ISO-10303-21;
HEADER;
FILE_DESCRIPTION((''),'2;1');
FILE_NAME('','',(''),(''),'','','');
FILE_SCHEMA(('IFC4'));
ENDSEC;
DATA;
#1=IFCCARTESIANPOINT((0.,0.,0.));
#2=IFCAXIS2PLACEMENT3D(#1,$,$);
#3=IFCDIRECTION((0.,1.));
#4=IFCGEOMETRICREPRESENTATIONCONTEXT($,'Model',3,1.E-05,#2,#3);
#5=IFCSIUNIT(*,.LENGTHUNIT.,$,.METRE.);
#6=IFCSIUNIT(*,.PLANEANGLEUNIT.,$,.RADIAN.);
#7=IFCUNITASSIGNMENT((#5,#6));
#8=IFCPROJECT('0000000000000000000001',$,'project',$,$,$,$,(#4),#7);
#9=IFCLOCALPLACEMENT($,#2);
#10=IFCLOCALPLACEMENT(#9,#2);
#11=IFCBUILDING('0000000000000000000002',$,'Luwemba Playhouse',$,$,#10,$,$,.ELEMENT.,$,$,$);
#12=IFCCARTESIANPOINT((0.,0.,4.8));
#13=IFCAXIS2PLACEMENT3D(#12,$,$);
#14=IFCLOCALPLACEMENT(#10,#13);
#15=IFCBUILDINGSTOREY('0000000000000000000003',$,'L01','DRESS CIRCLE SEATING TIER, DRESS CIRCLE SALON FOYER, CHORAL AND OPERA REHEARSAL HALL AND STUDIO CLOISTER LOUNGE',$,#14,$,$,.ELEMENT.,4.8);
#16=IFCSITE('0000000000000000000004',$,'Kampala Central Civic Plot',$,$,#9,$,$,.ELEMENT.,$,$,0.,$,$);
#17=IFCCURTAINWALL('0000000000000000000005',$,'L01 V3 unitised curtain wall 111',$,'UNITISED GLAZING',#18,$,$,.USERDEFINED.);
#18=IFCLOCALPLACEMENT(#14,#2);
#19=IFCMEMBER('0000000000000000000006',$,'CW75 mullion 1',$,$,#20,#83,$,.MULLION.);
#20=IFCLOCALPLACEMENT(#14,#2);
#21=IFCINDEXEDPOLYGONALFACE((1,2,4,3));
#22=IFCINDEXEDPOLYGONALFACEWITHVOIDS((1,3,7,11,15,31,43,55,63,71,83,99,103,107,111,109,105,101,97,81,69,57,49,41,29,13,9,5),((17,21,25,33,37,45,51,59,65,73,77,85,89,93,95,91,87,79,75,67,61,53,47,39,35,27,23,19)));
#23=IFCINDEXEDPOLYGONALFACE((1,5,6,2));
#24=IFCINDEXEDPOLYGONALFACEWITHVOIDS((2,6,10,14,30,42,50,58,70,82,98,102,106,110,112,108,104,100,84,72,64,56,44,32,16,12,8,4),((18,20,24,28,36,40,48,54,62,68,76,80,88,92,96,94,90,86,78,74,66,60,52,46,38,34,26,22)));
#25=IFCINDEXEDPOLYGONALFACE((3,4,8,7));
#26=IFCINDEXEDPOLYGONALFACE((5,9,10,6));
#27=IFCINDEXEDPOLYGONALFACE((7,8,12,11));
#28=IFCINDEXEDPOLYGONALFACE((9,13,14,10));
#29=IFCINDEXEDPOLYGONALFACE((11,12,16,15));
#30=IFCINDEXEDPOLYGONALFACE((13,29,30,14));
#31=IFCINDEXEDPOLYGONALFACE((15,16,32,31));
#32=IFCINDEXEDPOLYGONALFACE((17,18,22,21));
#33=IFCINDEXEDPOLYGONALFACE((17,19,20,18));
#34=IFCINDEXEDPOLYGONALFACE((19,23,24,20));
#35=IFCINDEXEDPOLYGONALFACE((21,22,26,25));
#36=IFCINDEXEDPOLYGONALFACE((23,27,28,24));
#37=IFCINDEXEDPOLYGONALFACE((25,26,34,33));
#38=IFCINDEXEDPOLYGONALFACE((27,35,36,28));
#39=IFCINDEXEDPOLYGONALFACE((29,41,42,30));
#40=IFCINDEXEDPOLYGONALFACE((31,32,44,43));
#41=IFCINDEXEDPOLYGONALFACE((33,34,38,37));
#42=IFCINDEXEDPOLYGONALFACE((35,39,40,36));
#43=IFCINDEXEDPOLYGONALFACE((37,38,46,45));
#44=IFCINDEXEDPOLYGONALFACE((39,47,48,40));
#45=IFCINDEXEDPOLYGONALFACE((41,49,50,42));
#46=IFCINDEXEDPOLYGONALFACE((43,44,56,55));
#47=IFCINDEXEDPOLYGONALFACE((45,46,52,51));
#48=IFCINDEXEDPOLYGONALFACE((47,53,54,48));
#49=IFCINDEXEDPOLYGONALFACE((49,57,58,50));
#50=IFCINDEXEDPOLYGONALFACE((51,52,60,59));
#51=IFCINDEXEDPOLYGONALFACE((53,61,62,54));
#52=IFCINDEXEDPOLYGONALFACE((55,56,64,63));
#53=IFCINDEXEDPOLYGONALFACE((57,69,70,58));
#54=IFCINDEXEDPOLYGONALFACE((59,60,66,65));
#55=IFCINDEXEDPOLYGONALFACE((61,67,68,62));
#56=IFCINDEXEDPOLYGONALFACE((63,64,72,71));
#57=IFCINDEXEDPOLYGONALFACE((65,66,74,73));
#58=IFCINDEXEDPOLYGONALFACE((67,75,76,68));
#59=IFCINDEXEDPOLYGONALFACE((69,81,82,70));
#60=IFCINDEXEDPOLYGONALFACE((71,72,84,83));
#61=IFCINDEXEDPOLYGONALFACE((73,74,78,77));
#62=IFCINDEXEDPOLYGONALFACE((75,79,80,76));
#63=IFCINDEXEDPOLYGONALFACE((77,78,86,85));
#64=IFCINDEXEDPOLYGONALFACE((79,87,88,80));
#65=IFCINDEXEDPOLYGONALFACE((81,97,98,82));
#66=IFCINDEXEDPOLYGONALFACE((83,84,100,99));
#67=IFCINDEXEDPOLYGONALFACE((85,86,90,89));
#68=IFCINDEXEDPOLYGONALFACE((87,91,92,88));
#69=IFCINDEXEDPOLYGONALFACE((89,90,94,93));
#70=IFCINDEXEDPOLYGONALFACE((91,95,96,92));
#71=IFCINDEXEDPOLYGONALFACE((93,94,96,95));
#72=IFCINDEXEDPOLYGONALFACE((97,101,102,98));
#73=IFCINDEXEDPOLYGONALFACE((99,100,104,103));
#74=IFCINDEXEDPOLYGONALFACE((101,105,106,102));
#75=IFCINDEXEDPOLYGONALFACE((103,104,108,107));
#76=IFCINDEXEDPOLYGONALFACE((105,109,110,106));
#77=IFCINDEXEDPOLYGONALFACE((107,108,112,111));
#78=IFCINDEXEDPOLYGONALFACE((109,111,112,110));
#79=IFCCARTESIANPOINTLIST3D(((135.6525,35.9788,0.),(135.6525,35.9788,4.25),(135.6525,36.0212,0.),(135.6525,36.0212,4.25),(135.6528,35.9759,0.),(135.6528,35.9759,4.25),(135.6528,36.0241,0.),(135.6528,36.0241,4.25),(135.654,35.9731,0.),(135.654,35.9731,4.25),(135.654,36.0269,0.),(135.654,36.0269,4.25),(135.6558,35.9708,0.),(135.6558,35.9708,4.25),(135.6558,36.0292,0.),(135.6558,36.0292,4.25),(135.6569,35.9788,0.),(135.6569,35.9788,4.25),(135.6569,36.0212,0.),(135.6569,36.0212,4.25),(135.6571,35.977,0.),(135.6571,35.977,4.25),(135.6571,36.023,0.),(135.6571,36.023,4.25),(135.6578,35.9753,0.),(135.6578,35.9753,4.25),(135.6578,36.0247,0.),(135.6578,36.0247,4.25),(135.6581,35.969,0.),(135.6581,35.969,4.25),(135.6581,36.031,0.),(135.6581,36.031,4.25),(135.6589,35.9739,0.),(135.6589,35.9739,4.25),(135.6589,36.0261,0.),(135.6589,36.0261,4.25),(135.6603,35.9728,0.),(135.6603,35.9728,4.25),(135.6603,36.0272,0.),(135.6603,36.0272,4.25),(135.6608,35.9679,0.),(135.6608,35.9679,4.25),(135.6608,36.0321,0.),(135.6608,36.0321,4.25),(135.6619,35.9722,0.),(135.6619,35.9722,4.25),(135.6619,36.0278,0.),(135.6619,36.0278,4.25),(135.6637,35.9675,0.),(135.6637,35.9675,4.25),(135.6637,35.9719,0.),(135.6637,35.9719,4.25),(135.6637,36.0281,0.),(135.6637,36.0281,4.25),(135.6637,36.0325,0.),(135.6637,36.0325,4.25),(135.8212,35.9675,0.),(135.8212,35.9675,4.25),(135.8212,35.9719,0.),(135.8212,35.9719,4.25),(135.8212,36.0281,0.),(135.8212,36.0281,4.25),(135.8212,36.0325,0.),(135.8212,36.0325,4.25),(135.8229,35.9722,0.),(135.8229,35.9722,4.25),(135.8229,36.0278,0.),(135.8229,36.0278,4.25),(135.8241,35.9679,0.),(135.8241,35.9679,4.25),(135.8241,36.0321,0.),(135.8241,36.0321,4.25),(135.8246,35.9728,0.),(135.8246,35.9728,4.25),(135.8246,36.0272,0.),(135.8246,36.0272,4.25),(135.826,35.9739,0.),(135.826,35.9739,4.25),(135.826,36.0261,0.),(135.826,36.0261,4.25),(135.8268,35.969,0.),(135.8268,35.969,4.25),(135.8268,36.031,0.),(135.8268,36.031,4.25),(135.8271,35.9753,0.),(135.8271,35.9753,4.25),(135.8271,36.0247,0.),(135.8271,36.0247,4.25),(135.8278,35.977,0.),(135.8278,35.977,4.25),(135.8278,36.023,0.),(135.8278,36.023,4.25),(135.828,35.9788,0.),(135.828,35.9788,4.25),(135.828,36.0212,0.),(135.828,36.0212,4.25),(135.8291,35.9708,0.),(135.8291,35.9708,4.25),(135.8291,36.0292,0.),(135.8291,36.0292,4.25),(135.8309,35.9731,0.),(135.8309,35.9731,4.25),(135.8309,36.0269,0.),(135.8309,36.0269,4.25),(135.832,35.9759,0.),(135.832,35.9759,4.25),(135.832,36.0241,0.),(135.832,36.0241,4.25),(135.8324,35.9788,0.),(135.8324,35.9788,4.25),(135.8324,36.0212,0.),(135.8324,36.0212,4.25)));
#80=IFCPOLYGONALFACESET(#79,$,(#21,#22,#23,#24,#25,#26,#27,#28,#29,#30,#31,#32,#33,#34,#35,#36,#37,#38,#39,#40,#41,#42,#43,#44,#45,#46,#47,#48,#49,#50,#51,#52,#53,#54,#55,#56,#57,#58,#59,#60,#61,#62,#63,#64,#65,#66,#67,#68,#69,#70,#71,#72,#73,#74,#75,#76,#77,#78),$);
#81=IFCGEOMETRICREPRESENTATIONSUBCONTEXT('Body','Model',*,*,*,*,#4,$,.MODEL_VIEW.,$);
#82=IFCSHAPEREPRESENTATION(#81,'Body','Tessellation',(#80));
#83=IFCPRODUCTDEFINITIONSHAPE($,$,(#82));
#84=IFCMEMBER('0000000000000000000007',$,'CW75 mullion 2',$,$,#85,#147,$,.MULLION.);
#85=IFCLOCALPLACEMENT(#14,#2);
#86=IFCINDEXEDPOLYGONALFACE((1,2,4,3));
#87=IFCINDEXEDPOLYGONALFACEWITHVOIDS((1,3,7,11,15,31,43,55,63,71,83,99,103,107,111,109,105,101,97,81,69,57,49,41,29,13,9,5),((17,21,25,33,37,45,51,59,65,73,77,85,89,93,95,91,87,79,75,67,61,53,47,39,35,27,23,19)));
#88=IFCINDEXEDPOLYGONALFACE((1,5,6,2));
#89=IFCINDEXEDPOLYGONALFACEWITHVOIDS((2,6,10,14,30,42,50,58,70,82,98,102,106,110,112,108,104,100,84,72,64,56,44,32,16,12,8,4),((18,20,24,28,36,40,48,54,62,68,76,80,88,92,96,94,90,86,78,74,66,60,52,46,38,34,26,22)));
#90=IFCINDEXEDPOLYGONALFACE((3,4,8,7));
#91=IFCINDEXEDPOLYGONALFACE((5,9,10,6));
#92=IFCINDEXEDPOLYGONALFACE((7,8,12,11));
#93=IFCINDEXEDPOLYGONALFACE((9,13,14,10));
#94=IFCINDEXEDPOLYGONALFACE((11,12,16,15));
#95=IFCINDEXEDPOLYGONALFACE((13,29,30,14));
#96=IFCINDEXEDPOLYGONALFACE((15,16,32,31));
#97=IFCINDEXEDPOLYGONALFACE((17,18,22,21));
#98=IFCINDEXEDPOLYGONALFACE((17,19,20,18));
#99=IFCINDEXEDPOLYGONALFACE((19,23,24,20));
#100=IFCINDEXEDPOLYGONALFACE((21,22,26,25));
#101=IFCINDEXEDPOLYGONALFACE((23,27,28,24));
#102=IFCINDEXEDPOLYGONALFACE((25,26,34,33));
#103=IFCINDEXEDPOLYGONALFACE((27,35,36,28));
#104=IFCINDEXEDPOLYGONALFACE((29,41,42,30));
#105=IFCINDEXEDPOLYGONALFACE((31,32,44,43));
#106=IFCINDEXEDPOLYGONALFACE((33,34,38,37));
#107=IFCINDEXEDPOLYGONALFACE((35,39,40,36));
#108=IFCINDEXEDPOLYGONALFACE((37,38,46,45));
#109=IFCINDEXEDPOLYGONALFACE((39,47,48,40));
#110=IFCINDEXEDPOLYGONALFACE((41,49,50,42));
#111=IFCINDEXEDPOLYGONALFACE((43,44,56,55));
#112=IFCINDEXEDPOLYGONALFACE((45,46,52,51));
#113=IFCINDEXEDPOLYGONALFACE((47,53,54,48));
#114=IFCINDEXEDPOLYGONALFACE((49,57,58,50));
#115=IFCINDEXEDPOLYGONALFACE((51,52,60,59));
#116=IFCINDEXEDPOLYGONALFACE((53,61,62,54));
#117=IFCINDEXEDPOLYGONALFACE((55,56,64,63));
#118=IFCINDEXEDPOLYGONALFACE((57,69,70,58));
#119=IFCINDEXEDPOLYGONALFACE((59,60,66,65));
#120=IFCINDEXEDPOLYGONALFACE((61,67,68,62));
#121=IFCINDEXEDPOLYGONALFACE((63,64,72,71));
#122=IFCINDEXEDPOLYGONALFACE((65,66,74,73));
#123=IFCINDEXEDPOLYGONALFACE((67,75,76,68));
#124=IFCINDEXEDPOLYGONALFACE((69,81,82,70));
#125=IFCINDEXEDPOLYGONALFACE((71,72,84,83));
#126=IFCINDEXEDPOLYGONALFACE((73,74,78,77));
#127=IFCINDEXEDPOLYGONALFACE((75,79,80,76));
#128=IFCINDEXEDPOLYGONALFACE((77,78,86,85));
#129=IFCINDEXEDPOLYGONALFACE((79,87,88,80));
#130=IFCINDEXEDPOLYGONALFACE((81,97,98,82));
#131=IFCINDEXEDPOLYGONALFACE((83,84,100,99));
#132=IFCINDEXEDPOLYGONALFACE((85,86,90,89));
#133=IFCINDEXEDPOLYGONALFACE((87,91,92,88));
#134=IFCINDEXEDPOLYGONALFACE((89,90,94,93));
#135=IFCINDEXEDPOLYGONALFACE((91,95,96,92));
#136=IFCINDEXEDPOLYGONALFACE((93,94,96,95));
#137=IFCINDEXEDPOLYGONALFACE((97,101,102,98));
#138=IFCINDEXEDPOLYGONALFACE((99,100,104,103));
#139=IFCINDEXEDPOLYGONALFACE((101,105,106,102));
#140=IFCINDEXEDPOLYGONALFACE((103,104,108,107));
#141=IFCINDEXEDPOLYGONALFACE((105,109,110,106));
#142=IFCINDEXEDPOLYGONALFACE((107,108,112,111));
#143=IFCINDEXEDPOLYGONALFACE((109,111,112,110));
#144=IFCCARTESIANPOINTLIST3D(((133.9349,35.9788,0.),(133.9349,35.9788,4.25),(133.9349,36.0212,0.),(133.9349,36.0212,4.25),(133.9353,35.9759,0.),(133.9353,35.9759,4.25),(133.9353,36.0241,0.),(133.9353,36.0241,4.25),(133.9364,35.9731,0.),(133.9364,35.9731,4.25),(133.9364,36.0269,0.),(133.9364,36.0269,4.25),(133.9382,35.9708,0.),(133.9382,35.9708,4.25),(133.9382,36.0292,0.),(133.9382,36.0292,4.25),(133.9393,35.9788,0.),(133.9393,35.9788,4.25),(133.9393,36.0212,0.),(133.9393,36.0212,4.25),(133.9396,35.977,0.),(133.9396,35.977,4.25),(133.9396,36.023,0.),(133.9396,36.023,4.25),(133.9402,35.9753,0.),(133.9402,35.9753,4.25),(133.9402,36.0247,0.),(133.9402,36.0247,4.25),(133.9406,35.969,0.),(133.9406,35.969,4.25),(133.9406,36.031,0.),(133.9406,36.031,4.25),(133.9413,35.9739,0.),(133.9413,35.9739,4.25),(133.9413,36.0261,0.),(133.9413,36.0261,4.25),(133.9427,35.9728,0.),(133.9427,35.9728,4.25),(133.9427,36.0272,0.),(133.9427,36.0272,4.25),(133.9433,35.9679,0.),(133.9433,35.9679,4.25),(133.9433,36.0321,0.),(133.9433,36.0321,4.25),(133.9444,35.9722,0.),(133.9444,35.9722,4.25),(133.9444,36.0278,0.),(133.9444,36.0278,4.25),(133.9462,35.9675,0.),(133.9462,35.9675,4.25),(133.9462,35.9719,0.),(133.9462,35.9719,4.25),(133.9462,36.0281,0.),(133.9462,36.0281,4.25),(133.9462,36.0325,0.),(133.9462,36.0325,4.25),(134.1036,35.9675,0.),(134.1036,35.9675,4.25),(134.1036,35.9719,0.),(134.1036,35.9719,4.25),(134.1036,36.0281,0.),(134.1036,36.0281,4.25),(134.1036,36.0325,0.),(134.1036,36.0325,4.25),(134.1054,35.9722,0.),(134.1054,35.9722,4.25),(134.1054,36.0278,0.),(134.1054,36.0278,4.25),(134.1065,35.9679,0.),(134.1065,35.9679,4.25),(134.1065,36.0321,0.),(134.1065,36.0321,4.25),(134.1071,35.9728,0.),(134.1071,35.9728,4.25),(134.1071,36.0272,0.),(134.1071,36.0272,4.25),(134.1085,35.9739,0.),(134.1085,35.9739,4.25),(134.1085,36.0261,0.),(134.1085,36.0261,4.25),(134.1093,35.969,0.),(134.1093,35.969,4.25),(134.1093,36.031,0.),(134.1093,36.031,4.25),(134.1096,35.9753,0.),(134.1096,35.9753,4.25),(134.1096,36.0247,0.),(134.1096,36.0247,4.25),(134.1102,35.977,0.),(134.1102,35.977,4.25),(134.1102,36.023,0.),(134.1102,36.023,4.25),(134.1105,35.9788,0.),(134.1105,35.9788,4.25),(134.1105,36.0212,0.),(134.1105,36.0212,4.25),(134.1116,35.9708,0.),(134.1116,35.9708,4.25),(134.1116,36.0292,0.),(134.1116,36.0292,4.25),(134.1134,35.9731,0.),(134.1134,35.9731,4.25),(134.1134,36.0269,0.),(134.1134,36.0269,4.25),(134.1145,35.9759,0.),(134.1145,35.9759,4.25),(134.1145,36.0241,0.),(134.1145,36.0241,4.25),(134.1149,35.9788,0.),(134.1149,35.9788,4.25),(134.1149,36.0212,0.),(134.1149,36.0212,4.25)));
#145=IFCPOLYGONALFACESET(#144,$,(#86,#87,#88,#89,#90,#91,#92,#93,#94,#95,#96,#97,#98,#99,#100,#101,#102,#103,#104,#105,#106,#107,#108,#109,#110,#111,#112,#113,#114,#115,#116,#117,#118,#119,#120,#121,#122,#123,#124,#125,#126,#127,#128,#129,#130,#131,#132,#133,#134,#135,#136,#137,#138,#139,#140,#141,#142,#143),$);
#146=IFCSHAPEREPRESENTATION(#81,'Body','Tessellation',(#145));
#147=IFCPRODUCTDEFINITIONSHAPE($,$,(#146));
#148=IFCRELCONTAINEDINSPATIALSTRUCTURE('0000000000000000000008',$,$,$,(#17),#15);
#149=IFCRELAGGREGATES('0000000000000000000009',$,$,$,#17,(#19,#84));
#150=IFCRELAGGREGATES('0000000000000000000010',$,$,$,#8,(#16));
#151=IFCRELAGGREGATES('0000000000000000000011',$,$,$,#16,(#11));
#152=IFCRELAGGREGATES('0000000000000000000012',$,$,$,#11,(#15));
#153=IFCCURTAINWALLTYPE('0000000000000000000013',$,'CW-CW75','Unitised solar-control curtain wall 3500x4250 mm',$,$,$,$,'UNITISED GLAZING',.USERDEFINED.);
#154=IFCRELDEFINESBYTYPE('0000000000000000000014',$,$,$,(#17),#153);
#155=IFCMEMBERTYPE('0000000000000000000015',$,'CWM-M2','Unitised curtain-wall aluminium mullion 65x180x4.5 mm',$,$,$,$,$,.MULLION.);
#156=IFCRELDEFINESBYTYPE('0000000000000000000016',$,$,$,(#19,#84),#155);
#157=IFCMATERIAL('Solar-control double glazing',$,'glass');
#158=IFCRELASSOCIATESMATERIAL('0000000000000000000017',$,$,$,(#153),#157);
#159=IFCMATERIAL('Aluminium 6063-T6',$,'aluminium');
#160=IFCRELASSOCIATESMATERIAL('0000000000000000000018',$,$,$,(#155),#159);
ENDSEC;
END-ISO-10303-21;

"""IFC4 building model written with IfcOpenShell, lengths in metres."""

from ifc_helpers import new_model, si_unit, direction, frame, origin, origin_2d, place, context, subcontext, project, spatial, hollow_rectangle, extrude, material, material_profile, profile_set, type_object, element, aggregate, save


model = new_model("IFC4")

# Units and contexts
model_context = context("Model", 3, precision=1e-05, world=origin(), true_north=direction((0.0, 1.0)))
body_context = subcontext(model_context, "Body", "Model", "MODEL_VIEW")
ifc_project = project(units=[si_unit("LENGTHUNIT", "METRE"), si_unit("PLANEANGLEUNIT", "RADIAN")], contexts=[model_context])

# Site, building, storey
site_placement = place(None, origin())
site = spatial("IfcSite", under=ifc_project, at=site_placement, Name="Kampala Central Civic Plot", CompositionType="ELEMENT", RefElevation=0.0)
building_placement = place(site_placement, origin())
building = spatial("IfcBuilding", under=site, at=building_placement, Name="Luwemba Playhouse", CompositionType="ELEMENT")
storey_placement = place(building_placement, frame((0.0, 0.0, 4.8)))
storey = spatial("IfcBuildingStorey", under=building, at=storey_placement, Name="L01", Description="DRESS CIRCLE SEATING TIER, DRESS CIRCLE SALON FOYER, CHORAL AND OPERA REHEARSAL HALL AND STUDIO CLOISTER LOUNGE", CompositionType="ELEMENT", Elevation=4.8)

# Shared definitions
ifc_material_1 = material(Name="Solar-control double glazing", Category="glass")
ifc_material_2 = material(Name="Aluminium 6063-T6", Category="aluminium")

# Curtain wall, members
curtain_wall_type_1 = type_object("IfcCurtainWallType", Name="CW-CW75", Description="Unitised solar-control curtain wall 3500x4250 mm", ElementType="UNITISED GLAZING", PredefinedType="USERDEFINED", material=ifc_material_1)
curtain_wall_1_placement = place(storey_placement, origin())
curtain_wall_1 = element("IfcCurtainWall", 1, at=curtain_wall_1_placement, inside=storey, type_object=curtain_wall_type_1, Name="L01 V3 unitised curtain wall 111", ObjectType="UNITISED GLAZING", PredefinedType="USERDEFINED")
ifc_material_profile_1 = material_profile(ifc_material_2, hollow_rectangle(XDim=0.0649, YDim=0.1799, WallThickness=0.0044, InnerFilletRadius=0.0068, OuterFilletRadius=0.0112, at=origin_2d()))
ifc_profile_set_1 = profile_set([ifc_material_profile_1], Name="Aluminium 6063-T6")
member_type_1 = type_object("IfcMemberType", Name="CWM-M2", Description="Unitised curtain-wall aluminium mullion 65x180x4.5 mm", PredefinedType="MULLION", material=ifc_profile_set_1)
member_1_placement = place(storey_placement, frame((135.7424, 36.0, 0.0), z_axis=(0.0, 0.0, 1.0), x_axis=(0.0, -1.0, 0.0)))
member_1 = element("IfcMember", 2, at=member_1_placement, type_object=member_type_1, Name="CW75 mullion 1", PredefinedType="MULLION", context=body_context, shape_type="SweptSolid", body=[
    extrude(hollow_rectangle(XDim=0.0649, YDim=0.1799, WallThickness=0.0044, InnerFilletRadius=0.0068, OuterFilletRadius=0.0112, at=origin_2d()), origin(), (0.0, 0.0, 1.0), 4.25),
])
member_2_placement = place(storey_placement, frame((134.0249, 36.0, 0.0), z_axis=(0.0, 0.0, 1.0), x_axis=(0.0, -1.0, 0.0)))
member_2 = element("IfcMember", 3, at=member_2_placement, type_object=member_type_1, Name="CW75 mullion 2", PredefinedType="MULLION", context=body_context, shape_type="SweptSolid", body=[
    extrude(hollow_rectangle(XDim=0.0649, YDim=0.1799, WallThickness=0.0044, InnerFilletRadius=0.0068, OuterFilletRadius=0.0112, at=origin_2d()), origin(), (0.0, 0.0, 1.0), 4.25),
])

aggregate(curtain_wall_1, [member_1, member_2])

save(model, "model.ifc")
